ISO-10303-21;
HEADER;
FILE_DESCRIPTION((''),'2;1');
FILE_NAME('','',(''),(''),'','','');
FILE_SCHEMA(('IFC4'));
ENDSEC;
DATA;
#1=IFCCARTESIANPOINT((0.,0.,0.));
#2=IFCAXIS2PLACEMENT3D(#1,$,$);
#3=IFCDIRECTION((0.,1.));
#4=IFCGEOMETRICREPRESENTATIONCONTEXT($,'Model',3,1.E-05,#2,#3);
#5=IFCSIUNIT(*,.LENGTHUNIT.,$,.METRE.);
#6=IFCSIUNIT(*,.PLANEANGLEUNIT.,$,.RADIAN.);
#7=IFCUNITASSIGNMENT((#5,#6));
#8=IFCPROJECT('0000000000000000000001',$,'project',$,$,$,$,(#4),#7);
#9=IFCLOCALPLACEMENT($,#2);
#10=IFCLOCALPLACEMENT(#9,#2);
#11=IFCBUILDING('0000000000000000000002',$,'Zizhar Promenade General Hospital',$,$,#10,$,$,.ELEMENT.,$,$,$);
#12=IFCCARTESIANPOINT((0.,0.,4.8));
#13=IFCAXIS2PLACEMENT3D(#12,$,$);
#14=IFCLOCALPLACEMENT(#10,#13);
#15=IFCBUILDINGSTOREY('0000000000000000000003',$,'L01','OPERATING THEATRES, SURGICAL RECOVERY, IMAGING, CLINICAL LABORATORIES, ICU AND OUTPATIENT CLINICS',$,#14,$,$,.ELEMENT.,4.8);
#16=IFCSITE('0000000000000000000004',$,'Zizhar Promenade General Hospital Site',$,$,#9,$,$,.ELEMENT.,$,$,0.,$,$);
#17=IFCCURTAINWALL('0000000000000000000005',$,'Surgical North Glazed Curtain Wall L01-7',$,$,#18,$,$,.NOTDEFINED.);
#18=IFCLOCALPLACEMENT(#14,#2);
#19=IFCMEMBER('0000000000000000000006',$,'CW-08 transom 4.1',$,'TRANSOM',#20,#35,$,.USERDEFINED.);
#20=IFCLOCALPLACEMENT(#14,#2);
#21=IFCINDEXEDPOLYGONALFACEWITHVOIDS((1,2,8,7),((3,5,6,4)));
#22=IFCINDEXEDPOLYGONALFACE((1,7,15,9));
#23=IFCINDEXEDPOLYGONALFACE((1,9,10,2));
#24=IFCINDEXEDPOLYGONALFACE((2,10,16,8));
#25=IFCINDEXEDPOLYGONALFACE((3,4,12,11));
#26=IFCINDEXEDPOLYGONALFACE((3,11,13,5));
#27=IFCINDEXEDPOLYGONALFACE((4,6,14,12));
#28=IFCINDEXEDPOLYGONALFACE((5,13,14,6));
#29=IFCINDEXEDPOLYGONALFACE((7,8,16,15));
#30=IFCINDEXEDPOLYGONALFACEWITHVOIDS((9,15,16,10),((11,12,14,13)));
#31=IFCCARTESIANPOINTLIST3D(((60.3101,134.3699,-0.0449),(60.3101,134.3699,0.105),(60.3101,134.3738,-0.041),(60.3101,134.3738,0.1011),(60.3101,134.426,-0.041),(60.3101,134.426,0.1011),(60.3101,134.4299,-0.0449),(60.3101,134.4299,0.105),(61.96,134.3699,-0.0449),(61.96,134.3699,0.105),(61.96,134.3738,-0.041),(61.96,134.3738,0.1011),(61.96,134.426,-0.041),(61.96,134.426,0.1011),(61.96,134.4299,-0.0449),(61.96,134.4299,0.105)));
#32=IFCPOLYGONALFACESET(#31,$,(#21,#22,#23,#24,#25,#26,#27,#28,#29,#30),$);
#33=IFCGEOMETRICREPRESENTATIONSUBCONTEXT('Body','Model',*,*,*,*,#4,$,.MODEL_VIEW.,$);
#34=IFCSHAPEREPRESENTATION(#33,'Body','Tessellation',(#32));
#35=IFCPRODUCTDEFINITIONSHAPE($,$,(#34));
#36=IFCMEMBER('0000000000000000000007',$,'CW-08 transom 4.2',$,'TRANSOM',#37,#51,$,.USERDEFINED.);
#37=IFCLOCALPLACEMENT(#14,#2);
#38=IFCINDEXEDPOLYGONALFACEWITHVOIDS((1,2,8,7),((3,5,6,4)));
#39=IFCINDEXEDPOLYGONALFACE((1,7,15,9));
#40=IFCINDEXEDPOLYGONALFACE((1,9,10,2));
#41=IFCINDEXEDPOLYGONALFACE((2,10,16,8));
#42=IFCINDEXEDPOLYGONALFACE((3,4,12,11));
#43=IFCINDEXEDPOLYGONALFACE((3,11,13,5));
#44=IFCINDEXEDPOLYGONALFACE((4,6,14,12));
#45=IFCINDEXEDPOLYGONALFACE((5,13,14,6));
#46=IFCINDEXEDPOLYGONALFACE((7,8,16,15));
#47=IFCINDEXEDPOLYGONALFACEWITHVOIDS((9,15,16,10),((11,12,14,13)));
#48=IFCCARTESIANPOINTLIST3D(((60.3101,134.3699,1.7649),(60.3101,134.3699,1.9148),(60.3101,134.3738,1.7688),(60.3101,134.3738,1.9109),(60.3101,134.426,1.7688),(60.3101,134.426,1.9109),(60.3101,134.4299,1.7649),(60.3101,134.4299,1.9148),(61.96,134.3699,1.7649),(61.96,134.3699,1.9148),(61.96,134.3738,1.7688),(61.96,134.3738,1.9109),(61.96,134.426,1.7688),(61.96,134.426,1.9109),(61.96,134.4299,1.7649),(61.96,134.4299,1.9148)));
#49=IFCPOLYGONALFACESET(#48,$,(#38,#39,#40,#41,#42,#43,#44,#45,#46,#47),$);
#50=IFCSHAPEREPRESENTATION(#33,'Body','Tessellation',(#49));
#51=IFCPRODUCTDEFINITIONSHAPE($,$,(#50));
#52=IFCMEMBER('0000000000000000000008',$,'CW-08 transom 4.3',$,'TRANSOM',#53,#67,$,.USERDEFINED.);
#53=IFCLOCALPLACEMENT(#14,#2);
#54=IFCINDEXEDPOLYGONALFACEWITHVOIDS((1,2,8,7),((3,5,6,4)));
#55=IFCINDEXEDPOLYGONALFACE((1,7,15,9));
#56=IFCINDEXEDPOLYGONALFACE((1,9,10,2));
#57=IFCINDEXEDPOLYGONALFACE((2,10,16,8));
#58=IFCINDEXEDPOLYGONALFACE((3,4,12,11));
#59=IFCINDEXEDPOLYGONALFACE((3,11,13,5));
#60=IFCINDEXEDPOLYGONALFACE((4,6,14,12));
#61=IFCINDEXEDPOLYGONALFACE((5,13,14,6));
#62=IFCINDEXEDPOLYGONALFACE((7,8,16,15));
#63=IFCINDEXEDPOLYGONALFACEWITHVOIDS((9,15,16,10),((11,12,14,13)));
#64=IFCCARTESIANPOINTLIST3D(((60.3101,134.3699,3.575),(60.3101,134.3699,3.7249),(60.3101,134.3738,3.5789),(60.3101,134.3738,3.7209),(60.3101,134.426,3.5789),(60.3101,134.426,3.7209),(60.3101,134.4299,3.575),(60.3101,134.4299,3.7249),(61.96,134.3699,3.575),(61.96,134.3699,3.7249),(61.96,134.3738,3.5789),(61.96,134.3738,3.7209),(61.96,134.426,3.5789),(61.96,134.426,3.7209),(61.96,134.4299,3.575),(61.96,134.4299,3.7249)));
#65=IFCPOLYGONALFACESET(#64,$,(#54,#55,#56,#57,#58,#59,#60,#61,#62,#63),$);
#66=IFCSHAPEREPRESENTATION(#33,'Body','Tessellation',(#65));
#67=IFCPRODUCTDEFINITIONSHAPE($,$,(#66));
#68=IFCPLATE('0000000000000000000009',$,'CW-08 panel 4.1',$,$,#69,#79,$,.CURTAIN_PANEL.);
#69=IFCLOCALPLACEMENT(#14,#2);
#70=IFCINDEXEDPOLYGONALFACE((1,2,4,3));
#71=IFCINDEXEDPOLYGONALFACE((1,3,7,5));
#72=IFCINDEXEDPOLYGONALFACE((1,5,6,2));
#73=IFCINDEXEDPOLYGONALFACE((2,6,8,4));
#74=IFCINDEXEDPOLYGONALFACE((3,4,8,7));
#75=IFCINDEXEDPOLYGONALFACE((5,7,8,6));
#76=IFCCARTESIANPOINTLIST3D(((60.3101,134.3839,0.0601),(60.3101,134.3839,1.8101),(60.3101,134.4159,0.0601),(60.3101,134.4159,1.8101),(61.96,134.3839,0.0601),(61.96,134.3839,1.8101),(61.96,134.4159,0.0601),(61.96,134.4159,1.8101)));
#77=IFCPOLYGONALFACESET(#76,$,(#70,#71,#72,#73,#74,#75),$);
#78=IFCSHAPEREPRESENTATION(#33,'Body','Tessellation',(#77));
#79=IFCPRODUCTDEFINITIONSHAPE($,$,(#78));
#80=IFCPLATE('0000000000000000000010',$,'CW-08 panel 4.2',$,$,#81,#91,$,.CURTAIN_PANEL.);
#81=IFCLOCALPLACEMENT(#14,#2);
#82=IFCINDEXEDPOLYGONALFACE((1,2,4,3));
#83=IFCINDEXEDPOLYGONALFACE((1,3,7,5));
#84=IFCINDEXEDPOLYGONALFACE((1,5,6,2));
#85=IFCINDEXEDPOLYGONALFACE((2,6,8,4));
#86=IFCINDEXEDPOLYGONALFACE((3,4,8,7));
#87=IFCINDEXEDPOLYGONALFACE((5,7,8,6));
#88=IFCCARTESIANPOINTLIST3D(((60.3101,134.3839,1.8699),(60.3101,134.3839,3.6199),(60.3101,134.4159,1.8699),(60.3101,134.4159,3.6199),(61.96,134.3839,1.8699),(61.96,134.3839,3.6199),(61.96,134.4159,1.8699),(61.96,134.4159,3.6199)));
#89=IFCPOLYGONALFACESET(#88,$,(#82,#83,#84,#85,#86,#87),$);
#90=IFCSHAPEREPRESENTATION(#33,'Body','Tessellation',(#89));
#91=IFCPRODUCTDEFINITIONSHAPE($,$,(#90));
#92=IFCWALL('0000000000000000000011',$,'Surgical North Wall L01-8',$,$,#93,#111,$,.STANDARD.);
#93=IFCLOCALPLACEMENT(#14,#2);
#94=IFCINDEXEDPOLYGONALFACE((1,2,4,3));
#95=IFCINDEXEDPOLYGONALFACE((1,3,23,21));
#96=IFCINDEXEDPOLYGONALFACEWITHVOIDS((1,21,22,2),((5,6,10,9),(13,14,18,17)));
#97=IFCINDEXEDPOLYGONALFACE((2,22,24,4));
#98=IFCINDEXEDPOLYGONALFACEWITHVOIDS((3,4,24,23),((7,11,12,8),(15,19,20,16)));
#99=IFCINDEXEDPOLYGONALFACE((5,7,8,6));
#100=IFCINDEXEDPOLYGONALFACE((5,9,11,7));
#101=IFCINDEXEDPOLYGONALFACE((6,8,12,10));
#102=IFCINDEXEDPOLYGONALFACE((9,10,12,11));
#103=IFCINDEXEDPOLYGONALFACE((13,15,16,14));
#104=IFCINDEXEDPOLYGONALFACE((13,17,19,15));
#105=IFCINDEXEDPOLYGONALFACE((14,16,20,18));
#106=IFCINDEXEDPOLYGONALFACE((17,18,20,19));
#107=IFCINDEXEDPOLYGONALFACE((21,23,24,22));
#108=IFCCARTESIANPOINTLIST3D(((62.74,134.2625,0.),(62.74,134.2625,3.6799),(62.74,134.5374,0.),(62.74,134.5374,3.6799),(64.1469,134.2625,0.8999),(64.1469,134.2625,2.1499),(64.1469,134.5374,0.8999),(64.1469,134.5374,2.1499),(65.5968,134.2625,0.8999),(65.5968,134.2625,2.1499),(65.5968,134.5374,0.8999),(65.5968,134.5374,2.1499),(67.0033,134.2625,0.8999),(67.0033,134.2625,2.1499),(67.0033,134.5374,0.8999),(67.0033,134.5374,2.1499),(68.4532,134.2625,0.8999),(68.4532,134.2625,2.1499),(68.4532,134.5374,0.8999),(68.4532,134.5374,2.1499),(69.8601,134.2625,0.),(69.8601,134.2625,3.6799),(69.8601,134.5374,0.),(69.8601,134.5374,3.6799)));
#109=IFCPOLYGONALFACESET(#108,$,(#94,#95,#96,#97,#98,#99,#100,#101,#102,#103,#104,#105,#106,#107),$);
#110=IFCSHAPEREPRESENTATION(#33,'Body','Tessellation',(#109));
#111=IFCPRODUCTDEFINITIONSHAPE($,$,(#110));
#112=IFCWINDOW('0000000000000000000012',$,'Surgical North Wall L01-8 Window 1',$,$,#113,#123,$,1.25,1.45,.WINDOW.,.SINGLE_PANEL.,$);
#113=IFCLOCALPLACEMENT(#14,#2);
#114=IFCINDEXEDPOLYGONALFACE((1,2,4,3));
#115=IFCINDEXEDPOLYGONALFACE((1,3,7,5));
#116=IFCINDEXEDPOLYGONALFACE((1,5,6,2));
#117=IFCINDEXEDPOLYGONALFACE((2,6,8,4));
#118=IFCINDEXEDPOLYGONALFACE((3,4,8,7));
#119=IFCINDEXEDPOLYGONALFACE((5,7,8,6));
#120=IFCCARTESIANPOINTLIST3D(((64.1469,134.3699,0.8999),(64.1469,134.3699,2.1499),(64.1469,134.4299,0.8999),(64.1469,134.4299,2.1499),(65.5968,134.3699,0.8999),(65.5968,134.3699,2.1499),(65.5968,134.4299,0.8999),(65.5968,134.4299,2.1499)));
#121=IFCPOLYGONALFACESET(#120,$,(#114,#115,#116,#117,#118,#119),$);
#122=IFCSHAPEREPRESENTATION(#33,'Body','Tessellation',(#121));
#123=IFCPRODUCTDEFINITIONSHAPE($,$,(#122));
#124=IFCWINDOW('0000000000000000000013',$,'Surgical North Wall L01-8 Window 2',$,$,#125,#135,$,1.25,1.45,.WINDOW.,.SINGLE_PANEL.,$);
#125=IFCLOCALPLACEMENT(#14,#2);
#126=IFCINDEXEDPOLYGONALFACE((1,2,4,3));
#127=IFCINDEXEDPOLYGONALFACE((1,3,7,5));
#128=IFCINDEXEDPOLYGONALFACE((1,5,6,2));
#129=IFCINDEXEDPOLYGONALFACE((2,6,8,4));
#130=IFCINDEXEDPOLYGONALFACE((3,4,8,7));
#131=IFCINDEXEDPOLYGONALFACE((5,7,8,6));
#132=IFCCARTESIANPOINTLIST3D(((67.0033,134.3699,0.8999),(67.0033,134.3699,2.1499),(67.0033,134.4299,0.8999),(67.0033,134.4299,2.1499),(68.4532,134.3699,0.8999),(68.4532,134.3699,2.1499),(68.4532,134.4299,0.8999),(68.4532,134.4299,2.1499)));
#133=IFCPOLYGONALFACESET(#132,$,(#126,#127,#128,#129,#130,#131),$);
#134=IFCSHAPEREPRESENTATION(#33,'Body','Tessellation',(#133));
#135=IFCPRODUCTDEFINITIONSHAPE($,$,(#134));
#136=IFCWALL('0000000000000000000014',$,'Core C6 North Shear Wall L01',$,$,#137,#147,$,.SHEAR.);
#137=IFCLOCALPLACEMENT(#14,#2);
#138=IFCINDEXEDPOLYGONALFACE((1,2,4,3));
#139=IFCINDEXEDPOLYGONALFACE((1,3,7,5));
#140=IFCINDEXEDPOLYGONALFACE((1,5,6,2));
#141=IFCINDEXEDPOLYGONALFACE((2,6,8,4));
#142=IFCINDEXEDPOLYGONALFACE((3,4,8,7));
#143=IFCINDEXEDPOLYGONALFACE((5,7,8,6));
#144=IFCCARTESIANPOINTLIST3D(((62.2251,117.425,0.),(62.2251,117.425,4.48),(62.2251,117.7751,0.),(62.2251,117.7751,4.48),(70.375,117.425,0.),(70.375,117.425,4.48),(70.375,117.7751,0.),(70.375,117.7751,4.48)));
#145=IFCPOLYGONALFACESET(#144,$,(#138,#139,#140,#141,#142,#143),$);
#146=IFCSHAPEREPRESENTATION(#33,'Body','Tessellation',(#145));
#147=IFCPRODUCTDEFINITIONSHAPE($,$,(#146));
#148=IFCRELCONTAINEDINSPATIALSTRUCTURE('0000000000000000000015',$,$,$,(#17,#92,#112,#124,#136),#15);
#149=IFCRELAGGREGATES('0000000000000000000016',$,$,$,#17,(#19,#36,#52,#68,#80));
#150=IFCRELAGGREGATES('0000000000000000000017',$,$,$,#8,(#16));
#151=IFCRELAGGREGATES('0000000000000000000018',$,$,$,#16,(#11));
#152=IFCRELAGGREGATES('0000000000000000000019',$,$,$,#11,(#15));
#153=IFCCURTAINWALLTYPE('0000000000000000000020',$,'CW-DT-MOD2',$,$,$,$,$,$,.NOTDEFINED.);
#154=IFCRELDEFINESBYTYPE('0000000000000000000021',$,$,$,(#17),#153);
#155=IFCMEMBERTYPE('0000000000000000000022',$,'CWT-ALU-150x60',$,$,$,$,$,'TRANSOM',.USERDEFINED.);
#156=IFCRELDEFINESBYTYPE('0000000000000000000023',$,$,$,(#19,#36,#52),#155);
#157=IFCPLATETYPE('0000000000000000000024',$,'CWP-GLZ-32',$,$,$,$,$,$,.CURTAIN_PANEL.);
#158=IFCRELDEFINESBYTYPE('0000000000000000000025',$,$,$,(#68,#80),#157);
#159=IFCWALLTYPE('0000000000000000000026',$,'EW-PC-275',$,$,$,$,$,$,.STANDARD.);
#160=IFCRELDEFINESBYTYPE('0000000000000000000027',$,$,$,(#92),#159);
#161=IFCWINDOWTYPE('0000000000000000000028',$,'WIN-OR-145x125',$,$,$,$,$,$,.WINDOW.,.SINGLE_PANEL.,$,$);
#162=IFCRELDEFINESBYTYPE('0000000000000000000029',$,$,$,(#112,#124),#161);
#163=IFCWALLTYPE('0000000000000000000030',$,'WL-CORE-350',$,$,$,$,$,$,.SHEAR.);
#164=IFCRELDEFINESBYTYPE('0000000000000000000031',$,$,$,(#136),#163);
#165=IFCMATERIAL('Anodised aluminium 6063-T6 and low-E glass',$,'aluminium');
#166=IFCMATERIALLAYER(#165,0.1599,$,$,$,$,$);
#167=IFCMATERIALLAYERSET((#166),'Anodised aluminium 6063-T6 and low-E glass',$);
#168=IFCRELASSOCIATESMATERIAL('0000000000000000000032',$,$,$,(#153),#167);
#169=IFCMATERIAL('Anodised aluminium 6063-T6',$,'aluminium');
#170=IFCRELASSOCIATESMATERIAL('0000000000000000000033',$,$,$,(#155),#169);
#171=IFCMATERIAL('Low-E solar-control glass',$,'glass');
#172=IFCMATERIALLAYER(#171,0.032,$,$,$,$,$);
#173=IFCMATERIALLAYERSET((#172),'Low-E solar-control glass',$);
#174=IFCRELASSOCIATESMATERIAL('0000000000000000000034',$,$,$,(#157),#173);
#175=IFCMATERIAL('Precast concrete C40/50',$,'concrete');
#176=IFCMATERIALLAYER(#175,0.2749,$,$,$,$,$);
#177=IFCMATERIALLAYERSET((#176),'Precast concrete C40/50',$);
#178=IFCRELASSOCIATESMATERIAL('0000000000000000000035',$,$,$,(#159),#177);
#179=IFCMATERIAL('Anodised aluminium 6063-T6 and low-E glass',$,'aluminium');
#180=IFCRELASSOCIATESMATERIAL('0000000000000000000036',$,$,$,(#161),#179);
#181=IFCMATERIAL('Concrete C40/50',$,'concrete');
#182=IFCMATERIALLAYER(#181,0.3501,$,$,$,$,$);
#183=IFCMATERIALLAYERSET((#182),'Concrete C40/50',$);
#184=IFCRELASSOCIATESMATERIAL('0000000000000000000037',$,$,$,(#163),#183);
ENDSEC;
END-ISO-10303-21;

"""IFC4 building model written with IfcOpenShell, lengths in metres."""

from ifc_helpers import new_model, si_unit, direction, frame, frame_2d, origin, origin_2d, place, context, subcontext, project, spatial, rectangle, hollow_rectangle, extrude, material, layer, layer_set, material_profile, profile_set, type_object, element, fill, aggregate, save


model = new_model("IFC4")

# Units and contexts
model_context = context("Model", 3, precision=1e-05, world=origin(), true_north=direction((0.0, 1.0)))
body_context = subcontext(model_context, "Body", "Model", "MODEL_VIEW")
ifc_project = project(units=[si_unit("LENGTHUNIT", "METRE"), si_unit("PLANEANGLEUNIT", "RADIAN")], contexts=[model_context])

# Site, building, storey
site_placement = place(None, origin())
site = spatial("IfcSite", under=ifc_project, at=site_placement, Name="Zizhar Promenade General Hospital Site", CompositionType="ELEMENT", RefElevation=0.0)
building_placement = place(site_placement, origin())
building = spatial("IfcBuilding", under=site, at=building_placement, Name="Zizhar Promenade General Hospital", CompositionType="ELEMENT")
storey_placement = place(building_placement, frame((0.0, 0.0, 4.8)))
storey = spatial("IfcBuildingStorey", under=building, at=storey_placement, Name="L01", Description="OPERATING THEATRES, SURGICAL RECOVERY, IMAGING, CLINICAL LABORATORIES, ICU AND OUTPATIENT CLINICS", CompositionType="ELEMENT", Elevation=4.8)

# Curtain wall, members, plates
ifc_material_1 = material(Name="Anodised aluminium 6063-T6 and low-E glass", Category="aluminium")
ifc_layer_1 = layer(ifc_material_1, 0.1599)
ifc_layer_set_1 = layer_set([ifc_layer_1], Name="Anodised aluminium 6063-T6 and low-E glass")
curtain_wall_type = type_object("IfcCurtainWallType", Name="CW-DT-MOD2", PredefinedType="NOTDEFINED", material=ifc_layer_set_1)
curtain_wall_placement = place(storey_placement, origin())
curtain_wall = element("IfcCurtainWall", 1, at=curtain_wall_placement, inside=storey, type_object=curtain_wall_type, Name="Surgical North Glazed Curtain Wall L01-7", PredefinedType="NOTDEFINED")
ifc_material_2 = material(Name="Anodised aluminium 6063-T6", Category="aluminium")
ifc_material_profile_1 = material_profile(ifc_material_2, hollow_rectangle(XDim=0.0601, YDim=0.1499, WallThickness=0.0039, at=origin_2d()))
ifc_profile_set_1 = profile_set([ifc_material_profile_1], Name="Anodised aluminium 6063-T6")
member_type_1 = type_object("IfcMemberType", Name="CWT-ALU-150x60", ElementType="TRANSOM", PredefinedType="USERDEFINED", material=ifc_profile_set_1)
member_1_placement = place(storey_placement, frame((60.3101, 134.3999, 0.03), z_axis=(1.0, 0.0, 0.0), x_axis=(0.0, 1.0, 0.0)))
member_1 = element("IfcMember", 2, at=member_1_placement, type_object=member_type_1, Name="CW-08 transom 4.1", ObjectType="TRANSOM", PredefinedType="USERDEFINED", context=body_context, shape_type="SweptSolid", body=[
    extrude(hollow_rectangle(XDim=0.0601, YDim=0.1499, WallThickness=0.0039, at=origin_2d()), origin(), (0.0, 0.0, 1.0), 1.6499),
])
member_2_placement = place(storey_placement, frame((60.3101, 134.3999, 1.8398), z_axis=(1.0, 0.0, 0.0), x_axis=(0.0, 1.0, 0.0)))
member_2 = element("IfcMember", 3, at=member_2_placement, type_object=member_type_1, Name="CW-08 transom 4.2", ObjectType="TRANSOM", PredefinedType="USERDEFINED", context=body_context, shape_type="SweptSolid", body=[
    extrude(hollow_rectangle(XDim=0.0601, YDim=0.1499, WallThickness=0.0039, at=origin_2d()), origin(), (0.0, 0.0, 1.0), 1.6499),
])
member_3_placement = place(storey_placement, frame((60.3101, 134.3999, 3.6499), z_axis=(1.0, 0.0, 0.0), x_axis=(0.0, 1.0, 0.0)))
member_3 = element("IfcMember", 4, at=member_3_placement, type_object=member_type_1, Name="CW-08 transom 4.3", ObjectType="TRANSOM", PredefinedType="USERDEFINED", context=body_context, shape_type="SweptSolid", body=[
    extrude(hollow_rectangle(XDim=0.0601, YDim=0.1499, WallThickness=0.0039, at=origin_2d()), origin(), (0.0, 0.0, 1.0), 1.6499),
])
ifc_material_3 = material(Name="Low-E solar-control glass", Category="glass")
ifc_layer_2 = layer(ifc_material_3, 0.032)
ifc_layer_set_2 = layer_set([ifc_layer_2], Name="Low-E solar-control glass")
plate_type = type_object("IfcPlateType", Name="CWP-GLZ-32", PredefinedType="CURTAIN_PANEL", material=ifc_layer_set_2)
plate_1_placement = place(storey_placement, frame((61.135, 134.3999, 0.0601), z_axis=(0.0, 0.0, 1.0), x_axis=(1.0, 0.0, 0.0)))
plate_1 = element("IfcPlate", 5, at=plate_1_placement, type_object=plate_type, Name="CW-08 panel 4.1", PredefinedType="CURTAIN_PANEL", context=body_context, shape_type="SweptSolid", body=[
    extrude(rectangle(XDim=1.6499, YDim=0.032, at=origin_2d()), origin(), (0.0, 0.0, 1.0), 1.75),
])
plate_2_placement = place(storey_placement, frame((61.135, 134.3999, 1.8699), z_axis=(0.0, 0.0, 1.0), x_axis=(1.0, 0.0, 0.0)))
plate_2 = element("IfcPlate", 6, at=plate_2_placement, type_object=plate_type, Name="CW-08 panel 4.2", PredefinedType="CURTAIN_PANEL", context=body_context, shape_type="SweptSolid", body=[
    extrude(rectangle(XDim=1.6499, YDim=0.032, at=origin_2d()), origin(), (0.0, 0.0, 1.0), 1.75),
])
aggregate(curtain_wall, [member_1, member_2, member_3, plate_1, plate_2])

# Wall, openings, windows
ifc_material_4 = material(Name="Precast concrete C40/50", Category="concrete")
ifc_layer_3 = layer(ifc_material_4, 0.2749)
ifc_layer_set_3 = layer_set([ifc_layer_3], Name="Precast concrete C40/50")
wall_type_1 = type_object("IfcWallType", Name="EW-PC-275", PredefinedType="STANDARD", material=ifc_layer_set_3)
wall_1_placement = place(storey_placement, frame((62.74, 134.3999, 0.0), z_axis=(0.0, 0.0, 1.0), x_axis=(1.0, 0.0, 0.0)))
wall_1 = element("IfcWall", 7, at=wall_1_placement, inside=storey, type_object=wall_type_1, Name="Surgical North Wall L01-8", PredefinedType="STANDARD", context=body_context, shape_type="SweptSolid", body=[
    extrude(rectangle(XDim=7.1201, YDim=0.2749, at=frame_2d((3.5601, 0.0))), origin(), (0.0, 0.0, 1.0), 3.6799),
])
opening_1_placement = place(wall_1_placement, frame((1.4067, 0.0, 0.8999)))
opening_1 = element("IfcOpeningElement", 8, at=opening_1_placement, cuts=wall_1, PredefinedType="OPENING", context=body_context, shape_type="SweptSolid", body=[
    extrude(rectangle(XDim=1.45, YDim=1.25, at=frame_2d((0.7251, 0.625))), frame((0.0, 0.1475, 0.0), z_axis=(0.0, -1.0, 0.0), x_axis=(1.0, 0.0, 0.0)), (0.0, 0.0, 1.0), 0.2949),
])
opening_2_placement = place(wall_1_placement, frame((4.2632, 0.0, 0.8999)))
opening_2 = element("IfcOpeningElement", 9, at=opening_2_placement, cuts=wall_1, PredefinedType="OPENING", context=body_context, shape_type="SweptSolid", body=[
    extrude(rectangle(XDim=1.45, YDim=1.25, at=frame_2d((0.7251, 0.625))), frame((0.0, 0.1475, 0.0), z_axis=(0.0, -1.0, 0.0), x_axis=(1.0, 0.0, 0.0)), (0.0, 0.0, 1.0), 0.2949),
])
ifc_material_5 = material(Name="Anodised aluminium 6063-T6 and low-E glass", Category="aluminium")
window_type = type_object("IfcWindowType", Name="WIN-OR-145x125", PartitioningType="SINGLE_PANEL", PredefinedType="WINDOW", material=ifc_material_5)
window_1_placement = place(opening_1_placement, origin())
window_1 = element("IfcWindow", 10, at=window_1_placement, inside=storey, type_object=window_type, Name="Surgical North Wall L01-8 Window 1", OverallHeight=1.25, OverallWidth=1.45, PartitioningType="SINGLE_PANEL", PredefinedType="WINDOW", context=body_context, shape_type="SweptSolid", body=[
    extrude(rectangle(XDim=1.45, YDim=1.25, at=frame_2d((0.7251, 0.625))), frame((0.0, 0.03, 0.0), z_axis=(0.0, -1.0, 0.0), x_axis=(1.0, 0.0, 0.0)), (0.0, 0.0, 1.0), 0.0601),
])
fill(opening_1, window_1)
window_2_placement = place(opening_2_placement, origin())
window_2 = element("IfcWindow", 11, at=window_2_placement, inside=storey, type_object=window_type, Name="Surgical North Wall L01-8 Window 2", OverallHeight=1.25, OverallWidth=1.45, PartitioningType="SINGLE_PANEL", PredefinedType="WINDOW", context=body_context, shape_type="SweptSolid", body=[
    extrude(rectangle(XDim=1.45, YDim=1.25, at=frame_2d((0.7251, 0.625))), frame((0.0, 0.03, 0.0), z_axis=(0.0, -1.0, 0.0), x_axis=(1.0, 0.0, 0.0)), (0.0, 0.0, 1.0), 0.0601),
])
fill(opening_2, window_2)

# Wall
ifc_material_6 = material(Name="Concrete C40/50", Category="concrete")
ifc_layer_4 = layer(ifc_material_6, 0.3501)
ifc_layer_set_4 = layer_set([ifc_layer_4], Name="Concrete C40/50")
wall_type_2 = type_object("IfcWallType", Name="WL-CORE-350", PredefinedType="SHEAR", material=ifc_layer_set_4)
wall_2_placement = place(storey_placement, frame((62.2251, 117.6001, 0.0), z_axis=(0.0, 0.0, 1.0), x_axis=(1.0, 0.0, 0.0)))
element("IfcWall", 12, at=wall_2_placement, inside=storey, type_object=wall_type_2, Name="Core C6 North Shear Wall L01", PredefinedType="SHEAR", context=body_context, shape_type="SweptSolid", body=[
    extrude(rectangle(XDim=8.1499, YDim=0.3501, at=frame_2d((4.075, 0.0))), origin(), (0.0, 0.0, 1.0), 4.48),
])

save(model, "model.ifc")
